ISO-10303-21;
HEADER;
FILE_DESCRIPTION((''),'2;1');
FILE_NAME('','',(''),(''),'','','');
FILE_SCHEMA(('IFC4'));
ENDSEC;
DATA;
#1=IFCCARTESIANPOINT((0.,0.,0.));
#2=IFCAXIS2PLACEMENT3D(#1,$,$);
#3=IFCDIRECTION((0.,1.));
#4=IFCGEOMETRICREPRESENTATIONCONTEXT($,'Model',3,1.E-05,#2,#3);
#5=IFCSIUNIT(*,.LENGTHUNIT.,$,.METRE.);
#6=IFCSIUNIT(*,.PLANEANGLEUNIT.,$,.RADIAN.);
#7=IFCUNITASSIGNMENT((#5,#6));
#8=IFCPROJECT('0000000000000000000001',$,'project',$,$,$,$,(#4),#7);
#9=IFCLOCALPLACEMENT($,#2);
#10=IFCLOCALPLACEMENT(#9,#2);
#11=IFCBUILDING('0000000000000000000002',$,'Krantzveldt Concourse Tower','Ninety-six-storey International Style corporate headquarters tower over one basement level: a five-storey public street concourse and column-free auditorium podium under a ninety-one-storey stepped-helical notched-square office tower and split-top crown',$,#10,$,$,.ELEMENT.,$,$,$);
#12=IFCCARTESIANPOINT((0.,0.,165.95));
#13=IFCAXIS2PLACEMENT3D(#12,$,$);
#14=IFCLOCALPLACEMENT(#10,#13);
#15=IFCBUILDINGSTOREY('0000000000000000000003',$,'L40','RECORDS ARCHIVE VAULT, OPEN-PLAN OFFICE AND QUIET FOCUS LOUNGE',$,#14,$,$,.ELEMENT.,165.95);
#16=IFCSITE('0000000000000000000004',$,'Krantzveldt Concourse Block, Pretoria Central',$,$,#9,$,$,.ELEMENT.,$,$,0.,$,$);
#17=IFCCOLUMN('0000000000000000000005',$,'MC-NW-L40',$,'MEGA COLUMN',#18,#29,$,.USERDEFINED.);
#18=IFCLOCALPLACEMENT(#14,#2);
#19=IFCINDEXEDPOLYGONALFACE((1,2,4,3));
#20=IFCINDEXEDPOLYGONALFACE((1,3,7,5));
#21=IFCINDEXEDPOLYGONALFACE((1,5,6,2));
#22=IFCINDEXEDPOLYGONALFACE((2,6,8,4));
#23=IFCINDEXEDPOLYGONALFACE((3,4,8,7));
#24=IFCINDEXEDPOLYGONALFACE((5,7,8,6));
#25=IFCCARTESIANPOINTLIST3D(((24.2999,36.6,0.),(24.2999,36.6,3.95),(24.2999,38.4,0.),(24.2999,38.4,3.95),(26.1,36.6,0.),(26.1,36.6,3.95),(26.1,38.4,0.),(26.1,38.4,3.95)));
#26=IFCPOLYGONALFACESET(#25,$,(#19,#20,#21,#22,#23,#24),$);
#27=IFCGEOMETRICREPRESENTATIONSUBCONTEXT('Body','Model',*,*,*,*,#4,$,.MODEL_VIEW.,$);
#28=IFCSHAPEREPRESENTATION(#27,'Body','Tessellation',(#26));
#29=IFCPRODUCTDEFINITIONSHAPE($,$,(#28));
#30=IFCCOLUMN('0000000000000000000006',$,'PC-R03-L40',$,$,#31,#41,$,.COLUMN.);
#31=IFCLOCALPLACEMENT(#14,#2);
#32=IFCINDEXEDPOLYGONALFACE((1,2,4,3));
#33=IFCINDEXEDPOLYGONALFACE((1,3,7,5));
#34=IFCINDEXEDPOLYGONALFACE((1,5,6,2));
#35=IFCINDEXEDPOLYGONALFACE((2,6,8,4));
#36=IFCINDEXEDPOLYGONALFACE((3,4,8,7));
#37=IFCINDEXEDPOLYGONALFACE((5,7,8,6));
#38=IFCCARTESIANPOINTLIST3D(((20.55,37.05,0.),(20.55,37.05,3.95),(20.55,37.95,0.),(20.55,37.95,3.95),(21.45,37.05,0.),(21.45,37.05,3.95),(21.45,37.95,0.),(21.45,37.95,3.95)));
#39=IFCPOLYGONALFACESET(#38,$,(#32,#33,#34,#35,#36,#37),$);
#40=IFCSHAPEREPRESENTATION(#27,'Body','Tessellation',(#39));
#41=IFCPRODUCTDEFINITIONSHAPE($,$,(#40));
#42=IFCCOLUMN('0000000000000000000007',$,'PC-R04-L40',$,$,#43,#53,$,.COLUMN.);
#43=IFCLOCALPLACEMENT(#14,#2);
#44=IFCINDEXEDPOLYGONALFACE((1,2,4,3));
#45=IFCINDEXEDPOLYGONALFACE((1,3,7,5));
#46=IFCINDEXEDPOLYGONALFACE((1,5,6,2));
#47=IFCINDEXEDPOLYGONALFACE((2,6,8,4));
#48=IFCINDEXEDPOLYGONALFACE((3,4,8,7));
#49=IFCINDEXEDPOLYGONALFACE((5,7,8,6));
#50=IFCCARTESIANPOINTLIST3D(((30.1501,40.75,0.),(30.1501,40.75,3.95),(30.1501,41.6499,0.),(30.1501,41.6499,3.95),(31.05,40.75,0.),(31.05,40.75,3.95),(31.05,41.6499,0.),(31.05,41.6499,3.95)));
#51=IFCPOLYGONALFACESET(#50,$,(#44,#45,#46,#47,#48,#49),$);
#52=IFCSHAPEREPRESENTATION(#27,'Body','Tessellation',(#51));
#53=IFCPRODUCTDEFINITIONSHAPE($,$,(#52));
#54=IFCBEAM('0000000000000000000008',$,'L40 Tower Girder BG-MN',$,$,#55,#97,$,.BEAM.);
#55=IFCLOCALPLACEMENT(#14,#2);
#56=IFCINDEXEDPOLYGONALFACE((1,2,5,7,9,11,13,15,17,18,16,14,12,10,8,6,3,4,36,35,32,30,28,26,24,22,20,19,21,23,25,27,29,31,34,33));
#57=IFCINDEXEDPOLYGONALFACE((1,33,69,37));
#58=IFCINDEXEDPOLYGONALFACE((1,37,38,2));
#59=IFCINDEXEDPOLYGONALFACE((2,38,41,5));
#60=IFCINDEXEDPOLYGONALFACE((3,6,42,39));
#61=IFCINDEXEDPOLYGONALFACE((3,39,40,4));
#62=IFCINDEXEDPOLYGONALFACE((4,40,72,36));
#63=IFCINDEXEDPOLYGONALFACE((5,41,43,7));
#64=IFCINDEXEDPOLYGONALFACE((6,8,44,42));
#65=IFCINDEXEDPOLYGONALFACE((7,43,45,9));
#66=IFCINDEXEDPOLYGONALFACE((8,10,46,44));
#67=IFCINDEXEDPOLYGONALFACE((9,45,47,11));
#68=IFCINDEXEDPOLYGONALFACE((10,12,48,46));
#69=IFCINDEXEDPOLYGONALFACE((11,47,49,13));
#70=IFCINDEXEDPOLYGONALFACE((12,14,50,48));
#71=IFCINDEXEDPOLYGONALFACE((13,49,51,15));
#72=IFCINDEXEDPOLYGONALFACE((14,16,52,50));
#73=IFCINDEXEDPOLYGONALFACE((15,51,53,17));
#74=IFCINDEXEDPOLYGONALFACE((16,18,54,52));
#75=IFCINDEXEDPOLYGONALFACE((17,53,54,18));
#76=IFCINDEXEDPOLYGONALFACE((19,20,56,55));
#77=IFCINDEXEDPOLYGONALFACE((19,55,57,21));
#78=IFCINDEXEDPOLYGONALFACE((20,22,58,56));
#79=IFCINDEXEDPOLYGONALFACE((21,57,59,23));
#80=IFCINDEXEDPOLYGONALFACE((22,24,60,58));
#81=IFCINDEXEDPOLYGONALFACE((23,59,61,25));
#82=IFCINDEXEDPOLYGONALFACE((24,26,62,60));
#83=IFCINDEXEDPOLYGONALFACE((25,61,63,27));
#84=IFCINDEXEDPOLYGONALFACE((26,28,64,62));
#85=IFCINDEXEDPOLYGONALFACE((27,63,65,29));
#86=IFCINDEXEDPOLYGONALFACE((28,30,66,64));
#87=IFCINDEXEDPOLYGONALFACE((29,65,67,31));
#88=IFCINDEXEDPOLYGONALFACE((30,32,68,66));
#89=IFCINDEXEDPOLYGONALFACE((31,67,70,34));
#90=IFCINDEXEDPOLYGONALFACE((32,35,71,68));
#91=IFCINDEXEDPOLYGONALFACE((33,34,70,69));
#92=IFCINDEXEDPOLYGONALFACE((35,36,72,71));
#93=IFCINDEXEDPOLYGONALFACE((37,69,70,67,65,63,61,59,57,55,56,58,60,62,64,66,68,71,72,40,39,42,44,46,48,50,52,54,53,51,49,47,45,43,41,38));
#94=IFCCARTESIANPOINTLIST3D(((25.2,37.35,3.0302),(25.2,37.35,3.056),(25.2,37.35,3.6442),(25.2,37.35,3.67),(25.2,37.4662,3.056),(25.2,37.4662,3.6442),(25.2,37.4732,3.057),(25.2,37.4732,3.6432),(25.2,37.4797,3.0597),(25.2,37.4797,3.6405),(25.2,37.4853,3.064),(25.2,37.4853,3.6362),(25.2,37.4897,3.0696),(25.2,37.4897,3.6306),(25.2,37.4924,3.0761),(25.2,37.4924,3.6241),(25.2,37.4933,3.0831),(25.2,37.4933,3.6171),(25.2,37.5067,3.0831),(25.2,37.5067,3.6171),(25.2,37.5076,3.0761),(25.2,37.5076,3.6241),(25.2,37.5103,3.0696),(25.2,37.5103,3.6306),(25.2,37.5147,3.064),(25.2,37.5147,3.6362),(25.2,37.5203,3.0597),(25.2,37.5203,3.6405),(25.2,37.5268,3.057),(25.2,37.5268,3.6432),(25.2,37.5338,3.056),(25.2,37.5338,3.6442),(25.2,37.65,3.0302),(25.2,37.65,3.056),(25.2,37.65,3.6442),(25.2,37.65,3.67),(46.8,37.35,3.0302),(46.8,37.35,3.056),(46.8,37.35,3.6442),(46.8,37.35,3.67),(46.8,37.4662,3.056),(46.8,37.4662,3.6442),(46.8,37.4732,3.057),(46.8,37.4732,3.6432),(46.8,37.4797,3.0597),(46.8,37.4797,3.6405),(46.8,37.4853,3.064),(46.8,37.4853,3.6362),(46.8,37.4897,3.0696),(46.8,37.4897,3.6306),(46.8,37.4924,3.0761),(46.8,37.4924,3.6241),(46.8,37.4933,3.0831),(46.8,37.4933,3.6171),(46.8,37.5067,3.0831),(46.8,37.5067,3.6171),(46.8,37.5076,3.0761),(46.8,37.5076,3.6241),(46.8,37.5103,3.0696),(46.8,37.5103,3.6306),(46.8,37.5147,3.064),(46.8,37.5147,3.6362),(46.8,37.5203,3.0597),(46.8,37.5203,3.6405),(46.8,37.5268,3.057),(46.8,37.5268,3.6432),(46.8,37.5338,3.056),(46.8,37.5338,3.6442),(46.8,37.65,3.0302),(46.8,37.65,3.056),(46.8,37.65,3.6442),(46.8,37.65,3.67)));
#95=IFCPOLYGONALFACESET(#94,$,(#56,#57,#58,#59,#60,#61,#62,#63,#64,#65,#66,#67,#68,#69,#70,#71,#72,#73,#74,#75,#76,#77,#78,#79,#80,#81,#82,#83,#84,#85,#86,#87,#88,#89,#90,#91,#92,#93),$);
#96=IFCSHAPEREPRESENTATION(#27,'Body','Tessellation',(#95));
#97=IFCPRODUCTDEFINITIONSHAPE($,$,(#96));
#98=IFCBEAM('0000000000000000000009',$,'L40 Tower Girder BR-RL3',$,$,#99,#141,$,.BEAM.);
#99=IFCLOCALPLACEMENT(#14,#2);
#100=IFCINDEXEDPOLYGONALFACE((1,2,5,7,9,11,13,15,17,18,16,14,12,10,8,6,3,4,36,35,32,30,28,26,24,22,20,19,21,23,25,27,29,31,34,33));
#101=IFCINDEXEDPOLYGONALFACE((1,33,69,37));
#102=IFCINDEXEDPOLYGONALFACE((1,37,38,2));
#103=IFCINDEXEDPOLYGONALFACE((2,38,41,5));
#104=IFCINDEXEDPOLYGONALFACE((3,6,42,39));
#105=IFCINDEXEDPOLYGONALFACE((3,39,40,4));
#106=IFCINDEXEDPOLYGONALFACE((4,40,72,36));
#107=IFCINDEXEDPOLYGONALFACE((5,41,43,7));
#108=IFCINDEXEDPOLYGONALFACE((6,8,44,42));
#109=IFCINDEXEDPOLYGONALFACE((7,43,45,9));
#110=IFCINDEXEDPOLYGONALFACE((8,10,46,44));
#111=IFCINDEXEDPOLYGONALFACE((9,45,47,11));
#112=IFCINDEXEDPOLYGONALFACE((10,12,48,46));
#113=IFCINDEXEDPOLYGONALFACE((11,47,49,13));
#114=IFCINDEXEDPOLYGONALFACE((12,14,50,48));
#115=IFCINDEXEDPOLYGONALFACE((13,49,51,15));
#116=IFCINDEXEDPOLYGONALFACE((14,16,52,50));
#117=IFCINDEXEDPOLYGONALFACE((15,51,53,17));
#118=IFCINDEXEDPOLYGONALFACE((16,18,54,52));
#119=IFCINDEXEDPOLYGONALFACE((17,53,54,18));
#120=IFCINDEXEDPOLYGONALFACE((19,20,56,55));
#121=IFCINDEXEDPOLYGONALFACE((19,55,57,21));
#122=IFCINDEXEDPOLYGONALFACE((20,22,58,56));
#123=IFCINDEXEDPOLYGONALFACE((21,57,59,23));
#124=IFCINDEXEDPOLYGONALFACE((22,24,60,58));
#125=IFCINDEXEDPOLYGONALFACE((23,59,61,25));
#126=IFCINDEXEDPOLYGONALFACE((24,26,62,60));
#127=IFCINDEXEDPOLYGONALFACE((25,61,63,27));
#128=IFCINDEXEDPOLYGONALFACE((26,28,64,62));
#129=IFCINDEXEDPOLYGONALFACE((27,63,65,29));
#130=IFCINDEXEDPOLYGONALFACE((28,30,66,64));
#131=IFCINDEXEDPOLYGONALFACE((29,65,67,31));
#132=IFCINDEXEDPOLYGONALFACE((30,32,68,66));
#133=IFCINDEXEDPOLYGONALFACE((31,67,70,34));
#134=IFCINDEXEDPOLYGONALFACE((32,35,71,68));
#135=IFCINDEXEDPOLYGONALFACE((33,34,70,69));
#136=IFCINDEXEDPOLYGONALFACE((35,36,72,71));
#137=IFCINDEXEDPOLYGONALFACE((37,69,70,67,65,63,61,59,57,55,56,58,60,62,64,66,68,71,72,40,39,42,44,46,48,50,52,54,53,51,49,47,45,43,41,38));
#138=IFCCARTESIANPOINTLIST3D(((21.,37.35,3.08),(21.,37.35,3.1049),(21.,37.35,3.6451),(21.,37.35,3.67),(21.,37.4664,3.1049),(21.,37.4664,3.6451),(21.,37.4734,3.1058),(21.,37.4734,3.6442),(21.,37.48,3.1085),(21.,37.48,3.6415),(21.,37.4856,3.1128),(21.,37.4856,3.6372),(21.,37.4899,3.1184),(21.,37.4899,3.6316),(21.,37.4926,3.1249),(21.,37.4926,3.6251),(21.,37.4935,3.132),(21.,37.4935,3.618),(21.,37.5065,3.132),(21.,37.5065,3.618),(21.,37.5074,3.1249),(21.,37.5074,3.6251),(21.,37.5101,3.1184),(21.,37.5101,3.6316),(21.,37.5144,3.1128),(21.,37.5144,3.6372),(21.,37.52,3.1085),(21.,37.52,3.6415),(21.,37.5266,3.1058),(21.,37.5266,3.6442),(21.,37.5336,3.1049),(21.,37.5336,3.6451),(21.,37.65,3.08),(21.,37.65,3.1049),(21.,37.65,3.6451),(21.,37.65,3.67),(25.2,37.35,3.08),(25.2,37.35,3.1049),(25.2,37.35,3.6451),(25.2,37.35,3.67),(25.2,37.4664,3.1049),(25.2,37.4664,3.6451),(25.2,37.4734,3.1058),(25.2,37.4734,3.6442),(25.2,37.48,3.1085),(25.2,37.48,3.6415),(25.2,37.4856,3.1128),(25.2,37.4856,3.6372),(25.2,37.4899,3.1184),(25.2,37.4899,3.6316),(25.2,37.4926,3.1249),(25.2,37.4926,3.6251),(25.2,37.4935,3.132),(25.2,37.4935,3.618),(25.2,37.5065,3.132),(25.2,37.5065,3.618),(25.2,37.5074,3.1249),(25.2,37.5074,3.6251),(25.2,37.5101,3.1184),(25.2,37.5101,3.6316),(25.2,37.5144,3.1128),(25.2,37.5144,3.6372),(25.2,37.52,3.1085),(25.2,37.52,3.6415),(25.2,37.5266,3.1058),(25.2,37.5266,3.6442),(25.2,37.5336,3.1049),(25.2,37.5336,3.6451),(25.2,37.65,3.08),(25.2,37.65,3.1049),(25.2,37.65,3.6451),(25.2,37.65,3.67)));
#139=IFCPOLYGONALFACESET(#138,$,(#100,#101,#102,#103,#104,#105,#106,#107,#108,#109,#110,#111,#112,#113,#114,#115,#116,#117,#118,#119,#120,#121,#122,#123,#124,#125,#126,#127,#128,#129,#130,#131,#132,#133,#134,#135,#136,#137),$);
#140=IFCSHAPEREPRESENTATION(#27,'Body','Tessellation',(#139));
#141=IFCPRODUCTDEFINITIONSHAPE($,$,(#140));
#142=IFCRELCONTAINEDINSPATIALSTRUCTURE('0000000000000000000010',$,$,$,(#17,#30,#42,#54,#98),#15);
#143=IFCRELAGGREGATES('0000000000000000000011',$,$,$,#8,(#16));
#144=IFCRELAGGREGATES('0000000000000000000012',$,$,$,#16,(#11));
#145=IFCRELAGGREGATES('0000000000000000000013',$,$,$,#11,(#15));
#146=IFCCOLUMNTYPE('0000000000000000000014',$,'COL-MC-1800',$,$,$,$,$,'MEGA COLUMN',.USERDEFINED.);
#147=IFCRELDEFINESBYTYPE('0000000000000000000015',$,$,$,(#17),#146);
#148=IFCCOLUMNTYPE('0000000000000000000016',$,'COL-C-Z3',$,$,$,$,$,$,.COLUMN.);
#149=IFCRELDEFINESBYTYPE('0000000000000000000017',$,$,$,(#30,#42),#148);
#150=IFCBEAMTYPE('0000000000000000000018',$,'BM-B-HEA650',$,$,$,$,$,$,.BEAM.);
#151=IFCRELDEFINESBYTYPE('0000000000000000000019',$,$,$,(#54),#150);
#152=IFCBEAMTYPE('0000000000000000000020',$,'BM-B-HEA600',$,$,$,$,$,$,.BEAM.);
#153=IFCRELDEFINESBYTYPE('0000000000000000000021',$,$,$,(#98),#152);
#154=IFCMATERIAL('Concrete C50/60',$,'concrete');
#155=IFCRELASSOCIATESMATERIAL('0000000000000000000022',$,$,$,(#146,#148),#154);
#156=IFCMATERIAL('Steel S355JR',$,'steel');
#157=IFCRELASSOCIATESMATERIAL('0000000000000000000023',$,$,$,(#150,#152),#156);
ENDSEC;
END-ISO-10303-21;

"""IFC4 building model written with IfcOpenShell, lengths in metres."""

from ifc_helpers import new_model, si_unit, direction, frame, origin, origin_2d, place, context, subcontext, project, spatial, rectangle, i_section, extrude, source, transform, mapped, material, material_profile, profile_set, type_object, type_shapes, element, save


model = new_model("IFC4")

# Units and contexts
model_context = context("Model", 3, precision=1e-05, world=origin(), true_north=direction((0.0, 1.0)))
body_context = subcontext(model_context, "Body", "Model", "MODEL_VIEW")
ifc_project = project(units=[si_unit("LENGTHUNIT", "METRE"), si_unit("PLANEANGLEUNIT", "RADIAN")], contexts=[model_context])

# Site, building, storey
site_placement = place(None, origin())
site = spatial("IfcSite", under=ifc_project, at=site_placement, Name="Krantzveldt Concourse Block, Pretoria Central", CompositionType="ELEMENT", RefElevation=0.0)
building_placement = place(site_placement, origin())
building = spatial("IfcBuilding", under=site, at=building_placement, Name="Krantzveldt Concourse Tower", Description="Ninety-six-storey International Style corporate headquarters tower over one basement level: a five-storey public street concourse and column-free auditorium podium under a ninety-one-storey stepped-helical notched-square office tower and split-top crown", CompositionType="ELEMENT")
storey_placement = place(building_placement, frame((0.0, 0.0, 165.95)))
storey = spatial("IfcBuildingStorey", under=building, at=storey_placement, Name="L40", Description="RECORDS ARCHIVE VAULT, OPEN-PLAN OFFICE AND QUIET FOCUS LOUNGE", CompositionType="ELEMENT", Elevation=165.95)

# Columns
ifc_material_1 = material(Name="Concrete C50/60", Category="concrete")
ifc_material_profile_1 = material_profile(ifc_material_1, rectangle(XDim=1.8, YDim=1.8, at=origin_2d()), Name="Concrete C50/60", Category="concrete")
ifc_profile_set_1 = profile_set([ifc_material_profile_1], Name="Concrete C50/60 - RC 1800x1800")
column_type_1 = type_object("IfcColumnType", Name="COL-MC-1800", ElementType="MEGA COLUMN", PredefinedType="USERDEFINED", material=ifc_profile_set_1)
shared_shape_1 = source(origin(), body_context, "Body", "SweptSolid", [
    extrude(rectangle(XDim=1.8, YDim=1.8, at=origin_2d()), origin(), (0.0, 0.0, 1.0), 3.95),
])
type_shapes(column_type_1, [shared_shape_1])
column_placement = place(storey_placement, frame((25.2, 37.5, 0.0), z_axis=(0.0, 0.0, 1.0), x_axis=(1.0, 0.0, 0.0)))
element("IfcColumn", 1, at=column_placement, inside=storey, type_object=column_type_1, Name="MC-NW-L40", ObjectType="MEGA COLUMN", PredefinedType="USERDEFINED", context=body_context, shape_type="MappedRepresentation", body=[
    mapped(shared_shape_1, transform((0.0, 0.0, 0.0), x_axis=(1.0, 0.0, 0.0), y_axis=(0.0, 1.0, 0.0), z_axis=(0.0, 0.0, 1.0), scale=1.0)),
])
ifc_material_profile_2 = material_profile(ifc_material_1, rectangle(XDim=0.8999, YDim=0.8999, at=origin_2d()), Name="Concrete C50/60", Category="concrete")
ifc_profile_set_2 = profile_set([ifc_material_profile_2], Name="Concrete C50/60 - RC 900x900")
column_type_2 = type_object("IfcColumnType", Name="COL-C-Z3", PredefinedType="COLUMN", material=ifc_profile_set_2)
shared_shape_2 = source(origin(), body_context, "Body", "SweptSolid", [
    extrude(rectangle(XDim=0.8999, YDim=0.8999, at=origin_2d()), origin(), (0.0, 0.0, 1.0), 3.95),
])
type_shapes(column_type_2, [shared_shape_2])
for number, where, z_axis, x_axis, name in (
    (2, (21.0, 37.5, 0.0), (0.0, 0.0, 1.0), (1.0, 0.0, 0.0), "PC-R03-L40"),
    (3, (30.6001, 41.2, 0.0), (0.0, 0.0, 1.0), (1.0, 0.0, 0.0), "PC-R04-L40"),
):
    element("IfcColumn", number, at=place(storey_placement, frame(where, z_axis=z_axis, x_axis=x_axis)), inside=storey, type_object=column_type_2, Name=name, PredefinedType="COLUMN", context=body_context, shape_type="MappedRepresentation", body=[
        mapped(shared_shape_2, transform((0.0, 0.0, 0.0), x_axis=(1.0, 0.0, 0.0), y_axis=(0.0, 1.0, 0.0), z_axis=(0.0, 0.0, 1.0), scale=1.0)),
    ])

# Beams
ifc_material_2 = material(Name="Steel S355JR", Category="steel")
ifc_material_profile_3 = material_profile(ifc_material_2, i_section(OverallWidth=0.3, OverallDepth=0.6399, WebThickness=0.0134, FlangeThickness=0.0259, FilletRadius=0.0271, at=origin_2d()), Name="Steel S355JR", Category="steel")
ifc_profile_set_3 = profile_set([ifc_material_profile_3], Name="Steel S355JR - HEA 650")
beam_type_1 = type_object("IfcBeamType", Name="BM-B-HEA650", PredefinedType="BEAM", material=ifc_profile_set_3)
shared_shape_3 = source(origin(), body_context, "Body", "SweptSolid", [
    extrude(i_section(OverallWidth=0.3, OverallDepth=0.6399, WebThickness=0.0134, FlangeThickness=0.0259, FilletRadius=0.0271, at=origin_2d()), origin(), (0.0, 0.0, 1.0), 21.6001),
])
type_shapes(beam_type_1, [shared_shape_3])
beam_1_placement = place(storey_placement, frame((25.2, 37.5, 3.3501), z_axis=(1.0, 0.0, 0.0), x_axis=(0.0, 1.0, 0.0)))
element("IfcBeam", 4, at=beam_1_placement, inside=storey, type_object=beam_type_1, Name="L40 Tower Girder BG-MN", PredefinedType="BEAM", context=body_context, shape_type="MappedRepresentation", body=[
    mapped(shared_shape_3, transform((0.0, 0.0, 0.0), x_axis=(1.0, 0.0, 0.0), y_axis=(0.0, 1.0, 0.0), z_axis=(0.0, 0.0, 1.0), scale=1.0)),
])
ifc_material_profile_4 = material_profile(ifc_material_2, i_section(OverallWidth=0.3, OverallDepth=0.5901, WebThickness=0.0129, FlangeThickness=0.0249, FilletRadius=0.0271, at=origin_2d()), Name="Steel S355JR", Category="steel")
ifc_profile_set_4 = profile_set([ifc_material_profile_4], Name="Steel S355JR - HEA 600")
beam_type_2 = type_object("IfcBeamType", Name="BM-B-HEA600", PredefinedType="BEAM", material=ifc_profile_set_4)
shared_shape_4 = source(origin(), body_context, "Body", "SweptSolid", [
    extrude(i_section(OverallWidth=0.3, OverallDepth=0.5901, WebThickness=0.0129, FlangeThickness=0.0249, FilletRadius=0.0271, at=origin_2d()), origin(), (0.0, 0.0, 1.0), 4.2),
])
beam_2_placement = place(storey_placement, frame((21.0, 37.5, 3.375), z_axis=(1.0, 0.0, 0.0), x_axis=(0.0, 1.0, 0.0)))
element("IfcBeam", 5, at=beam_2_placement, inside=storey, type_object=beam_type_2, Name="L40 Tower Girder BR-RL3", PredefinedType="BEAM", context=body_context, shape_type="MappedRepresentation", body=[
    mapped(shared_shape_4, transform((0.0, 0.0, 0.0), x_axis=(1.0, 0.0, 0.0), y_axis=(0.0, 1.0, 0.0), z_axis=(0.0, 0.0, 1.0), scale=1.0)),
])

save(model, "model.ifc")
